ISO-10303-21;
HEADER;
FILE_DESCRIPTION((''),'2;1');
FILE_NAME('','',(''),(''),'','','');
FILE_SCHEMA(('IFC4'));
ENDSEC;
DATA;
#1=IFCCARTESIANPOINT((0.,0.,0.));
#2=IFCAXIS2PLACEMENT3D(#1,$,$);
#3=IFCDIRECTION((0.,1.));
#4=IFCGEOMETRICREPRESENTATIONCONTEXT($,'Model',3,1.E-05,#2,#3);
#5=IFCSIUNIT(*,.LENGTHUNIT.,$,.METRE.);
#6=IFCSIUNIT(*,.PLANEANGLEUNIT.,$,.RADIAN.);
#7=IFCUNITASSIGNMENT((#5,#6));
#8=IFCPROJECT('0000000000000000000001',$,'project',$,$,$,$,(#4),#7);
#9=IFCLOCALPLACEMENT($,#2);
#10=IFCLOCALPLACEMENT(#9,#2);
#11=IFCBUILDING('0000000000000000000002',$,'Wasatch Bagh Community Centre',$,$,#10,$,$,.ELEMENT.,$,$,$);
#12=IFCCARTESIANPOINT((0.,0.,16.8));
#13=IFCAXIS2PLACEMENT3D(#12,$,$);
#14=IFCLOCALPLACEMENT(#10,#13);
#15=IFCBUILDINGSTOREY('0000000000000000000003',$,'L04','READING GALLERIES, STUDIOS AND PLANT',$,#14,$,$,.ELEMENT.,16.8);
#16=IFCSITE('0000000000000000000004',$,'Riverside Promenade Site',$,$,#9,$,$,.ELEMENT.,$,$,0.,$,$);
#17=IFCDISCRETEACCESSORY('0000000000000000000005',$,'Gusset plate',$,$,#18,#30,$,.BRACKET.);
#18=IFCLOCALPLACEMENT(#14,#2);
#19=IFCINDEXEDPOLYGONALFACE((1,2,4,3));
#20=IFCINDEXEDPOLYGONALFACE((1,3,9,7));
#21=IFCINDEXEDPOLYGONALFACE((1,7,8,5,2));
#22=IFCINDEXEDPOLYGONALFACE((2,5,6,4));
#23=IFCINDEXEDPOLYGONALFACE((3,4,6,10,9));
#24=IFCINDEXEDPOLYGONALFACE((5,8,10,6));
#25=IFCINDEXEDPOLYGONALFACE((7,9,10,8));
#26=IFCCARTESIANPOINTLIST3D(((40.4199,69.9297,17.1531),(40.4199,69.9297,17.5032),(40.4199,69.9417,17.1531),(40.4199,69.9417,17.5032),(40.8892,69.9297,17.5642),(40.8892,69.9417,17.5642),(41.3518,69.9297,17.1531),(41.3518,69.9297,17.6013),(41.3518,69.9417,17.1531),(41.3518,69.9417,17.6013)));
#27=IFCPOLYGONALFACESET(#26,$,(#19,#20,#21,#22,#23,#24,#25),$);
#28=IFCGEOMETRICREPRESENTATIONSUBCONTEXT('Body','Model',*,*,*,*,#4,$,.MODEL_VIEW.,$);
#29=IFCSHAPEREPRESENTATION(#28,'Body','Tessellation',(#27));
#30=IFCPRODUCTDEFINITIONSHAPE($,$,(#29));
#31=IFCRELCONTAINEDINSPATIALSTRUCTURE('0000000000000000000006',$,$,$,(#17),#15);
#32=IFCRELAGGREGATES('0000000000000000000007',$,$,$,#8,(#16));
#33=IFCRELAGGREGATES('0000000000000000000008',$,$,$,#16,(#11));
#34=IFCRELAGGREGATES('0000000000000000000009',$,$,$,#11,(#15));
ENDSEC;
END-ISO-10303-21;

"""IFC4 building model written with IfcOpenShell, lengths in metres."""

from ifc_helpers import new_model, si_unit, direction, frame, origin, place, context, subcontext, project, spatial, polyline, outline, extrude, element, save


model = new_model("IFC4")

# Units and contexts
model_context = context("Model", 3, precision=1e-05, world=origin(), true_north=direction((0.0, 1.0)))
body_context = subcontext(model_context, "Body", "Model", "MODEL_VIEW")
ifc_project = project(units=[si_unit("LENGTHUNIT", "METRE"), si_unit("PLANEANGLEUNIT", "RADIAN")], contexts=[model_context])

# Site, building, storey
site_placement = place(None, origin())
site = spatial("IfcSite", under=ifc_project, at=site_placement, Name="Riverside Promenade Site", CompositionType="ELEMENT", RefElevation=0.0)
building_placement = place(site_placement, origin())
building = spatial("IfcBuilding", under=site, at=building_placement, Name="Wasatch Bagh Community Centre", CompositionType="ELEMENT")
storey_placement = place(building_placement, frame((0.0, 0.0, 16.8)))
storey = spatial("IfcBuildingStorey", under=building, at=storey_placement, Name="L04", Description="READING GALLERIES, STUDIOS AND PLANT", CompositionType="ELEMENT", Elevation=16.8)

# Discrete accessory
discrete_accessory_1_placement = place(storey_placement, frame((40.4199, 69.9417, 17.5032), z_axis=(0.0, 1.0, 0.0), x_axis=(0.991646, 0.0, 0.128986)))
element("IfcDiscreteAccessory", 1, at=discrete_accessory_1_placement, inside=storey, Name="Gusset plate", PredefinedType="BRACKET", context=body_context, shape_type="SweptSolid", body=[
    extrude(outline(polyline([(0.0, 0.0), (0.4732, 0.0), (0.9368, 0.0229), (0.8789, 0.4674), (-0.0452, 0.3472), (0.0, 0.0)])), origin(), (0.0, 0.0, -1.0), 0.012),
])

save(model, "model.ifc")
